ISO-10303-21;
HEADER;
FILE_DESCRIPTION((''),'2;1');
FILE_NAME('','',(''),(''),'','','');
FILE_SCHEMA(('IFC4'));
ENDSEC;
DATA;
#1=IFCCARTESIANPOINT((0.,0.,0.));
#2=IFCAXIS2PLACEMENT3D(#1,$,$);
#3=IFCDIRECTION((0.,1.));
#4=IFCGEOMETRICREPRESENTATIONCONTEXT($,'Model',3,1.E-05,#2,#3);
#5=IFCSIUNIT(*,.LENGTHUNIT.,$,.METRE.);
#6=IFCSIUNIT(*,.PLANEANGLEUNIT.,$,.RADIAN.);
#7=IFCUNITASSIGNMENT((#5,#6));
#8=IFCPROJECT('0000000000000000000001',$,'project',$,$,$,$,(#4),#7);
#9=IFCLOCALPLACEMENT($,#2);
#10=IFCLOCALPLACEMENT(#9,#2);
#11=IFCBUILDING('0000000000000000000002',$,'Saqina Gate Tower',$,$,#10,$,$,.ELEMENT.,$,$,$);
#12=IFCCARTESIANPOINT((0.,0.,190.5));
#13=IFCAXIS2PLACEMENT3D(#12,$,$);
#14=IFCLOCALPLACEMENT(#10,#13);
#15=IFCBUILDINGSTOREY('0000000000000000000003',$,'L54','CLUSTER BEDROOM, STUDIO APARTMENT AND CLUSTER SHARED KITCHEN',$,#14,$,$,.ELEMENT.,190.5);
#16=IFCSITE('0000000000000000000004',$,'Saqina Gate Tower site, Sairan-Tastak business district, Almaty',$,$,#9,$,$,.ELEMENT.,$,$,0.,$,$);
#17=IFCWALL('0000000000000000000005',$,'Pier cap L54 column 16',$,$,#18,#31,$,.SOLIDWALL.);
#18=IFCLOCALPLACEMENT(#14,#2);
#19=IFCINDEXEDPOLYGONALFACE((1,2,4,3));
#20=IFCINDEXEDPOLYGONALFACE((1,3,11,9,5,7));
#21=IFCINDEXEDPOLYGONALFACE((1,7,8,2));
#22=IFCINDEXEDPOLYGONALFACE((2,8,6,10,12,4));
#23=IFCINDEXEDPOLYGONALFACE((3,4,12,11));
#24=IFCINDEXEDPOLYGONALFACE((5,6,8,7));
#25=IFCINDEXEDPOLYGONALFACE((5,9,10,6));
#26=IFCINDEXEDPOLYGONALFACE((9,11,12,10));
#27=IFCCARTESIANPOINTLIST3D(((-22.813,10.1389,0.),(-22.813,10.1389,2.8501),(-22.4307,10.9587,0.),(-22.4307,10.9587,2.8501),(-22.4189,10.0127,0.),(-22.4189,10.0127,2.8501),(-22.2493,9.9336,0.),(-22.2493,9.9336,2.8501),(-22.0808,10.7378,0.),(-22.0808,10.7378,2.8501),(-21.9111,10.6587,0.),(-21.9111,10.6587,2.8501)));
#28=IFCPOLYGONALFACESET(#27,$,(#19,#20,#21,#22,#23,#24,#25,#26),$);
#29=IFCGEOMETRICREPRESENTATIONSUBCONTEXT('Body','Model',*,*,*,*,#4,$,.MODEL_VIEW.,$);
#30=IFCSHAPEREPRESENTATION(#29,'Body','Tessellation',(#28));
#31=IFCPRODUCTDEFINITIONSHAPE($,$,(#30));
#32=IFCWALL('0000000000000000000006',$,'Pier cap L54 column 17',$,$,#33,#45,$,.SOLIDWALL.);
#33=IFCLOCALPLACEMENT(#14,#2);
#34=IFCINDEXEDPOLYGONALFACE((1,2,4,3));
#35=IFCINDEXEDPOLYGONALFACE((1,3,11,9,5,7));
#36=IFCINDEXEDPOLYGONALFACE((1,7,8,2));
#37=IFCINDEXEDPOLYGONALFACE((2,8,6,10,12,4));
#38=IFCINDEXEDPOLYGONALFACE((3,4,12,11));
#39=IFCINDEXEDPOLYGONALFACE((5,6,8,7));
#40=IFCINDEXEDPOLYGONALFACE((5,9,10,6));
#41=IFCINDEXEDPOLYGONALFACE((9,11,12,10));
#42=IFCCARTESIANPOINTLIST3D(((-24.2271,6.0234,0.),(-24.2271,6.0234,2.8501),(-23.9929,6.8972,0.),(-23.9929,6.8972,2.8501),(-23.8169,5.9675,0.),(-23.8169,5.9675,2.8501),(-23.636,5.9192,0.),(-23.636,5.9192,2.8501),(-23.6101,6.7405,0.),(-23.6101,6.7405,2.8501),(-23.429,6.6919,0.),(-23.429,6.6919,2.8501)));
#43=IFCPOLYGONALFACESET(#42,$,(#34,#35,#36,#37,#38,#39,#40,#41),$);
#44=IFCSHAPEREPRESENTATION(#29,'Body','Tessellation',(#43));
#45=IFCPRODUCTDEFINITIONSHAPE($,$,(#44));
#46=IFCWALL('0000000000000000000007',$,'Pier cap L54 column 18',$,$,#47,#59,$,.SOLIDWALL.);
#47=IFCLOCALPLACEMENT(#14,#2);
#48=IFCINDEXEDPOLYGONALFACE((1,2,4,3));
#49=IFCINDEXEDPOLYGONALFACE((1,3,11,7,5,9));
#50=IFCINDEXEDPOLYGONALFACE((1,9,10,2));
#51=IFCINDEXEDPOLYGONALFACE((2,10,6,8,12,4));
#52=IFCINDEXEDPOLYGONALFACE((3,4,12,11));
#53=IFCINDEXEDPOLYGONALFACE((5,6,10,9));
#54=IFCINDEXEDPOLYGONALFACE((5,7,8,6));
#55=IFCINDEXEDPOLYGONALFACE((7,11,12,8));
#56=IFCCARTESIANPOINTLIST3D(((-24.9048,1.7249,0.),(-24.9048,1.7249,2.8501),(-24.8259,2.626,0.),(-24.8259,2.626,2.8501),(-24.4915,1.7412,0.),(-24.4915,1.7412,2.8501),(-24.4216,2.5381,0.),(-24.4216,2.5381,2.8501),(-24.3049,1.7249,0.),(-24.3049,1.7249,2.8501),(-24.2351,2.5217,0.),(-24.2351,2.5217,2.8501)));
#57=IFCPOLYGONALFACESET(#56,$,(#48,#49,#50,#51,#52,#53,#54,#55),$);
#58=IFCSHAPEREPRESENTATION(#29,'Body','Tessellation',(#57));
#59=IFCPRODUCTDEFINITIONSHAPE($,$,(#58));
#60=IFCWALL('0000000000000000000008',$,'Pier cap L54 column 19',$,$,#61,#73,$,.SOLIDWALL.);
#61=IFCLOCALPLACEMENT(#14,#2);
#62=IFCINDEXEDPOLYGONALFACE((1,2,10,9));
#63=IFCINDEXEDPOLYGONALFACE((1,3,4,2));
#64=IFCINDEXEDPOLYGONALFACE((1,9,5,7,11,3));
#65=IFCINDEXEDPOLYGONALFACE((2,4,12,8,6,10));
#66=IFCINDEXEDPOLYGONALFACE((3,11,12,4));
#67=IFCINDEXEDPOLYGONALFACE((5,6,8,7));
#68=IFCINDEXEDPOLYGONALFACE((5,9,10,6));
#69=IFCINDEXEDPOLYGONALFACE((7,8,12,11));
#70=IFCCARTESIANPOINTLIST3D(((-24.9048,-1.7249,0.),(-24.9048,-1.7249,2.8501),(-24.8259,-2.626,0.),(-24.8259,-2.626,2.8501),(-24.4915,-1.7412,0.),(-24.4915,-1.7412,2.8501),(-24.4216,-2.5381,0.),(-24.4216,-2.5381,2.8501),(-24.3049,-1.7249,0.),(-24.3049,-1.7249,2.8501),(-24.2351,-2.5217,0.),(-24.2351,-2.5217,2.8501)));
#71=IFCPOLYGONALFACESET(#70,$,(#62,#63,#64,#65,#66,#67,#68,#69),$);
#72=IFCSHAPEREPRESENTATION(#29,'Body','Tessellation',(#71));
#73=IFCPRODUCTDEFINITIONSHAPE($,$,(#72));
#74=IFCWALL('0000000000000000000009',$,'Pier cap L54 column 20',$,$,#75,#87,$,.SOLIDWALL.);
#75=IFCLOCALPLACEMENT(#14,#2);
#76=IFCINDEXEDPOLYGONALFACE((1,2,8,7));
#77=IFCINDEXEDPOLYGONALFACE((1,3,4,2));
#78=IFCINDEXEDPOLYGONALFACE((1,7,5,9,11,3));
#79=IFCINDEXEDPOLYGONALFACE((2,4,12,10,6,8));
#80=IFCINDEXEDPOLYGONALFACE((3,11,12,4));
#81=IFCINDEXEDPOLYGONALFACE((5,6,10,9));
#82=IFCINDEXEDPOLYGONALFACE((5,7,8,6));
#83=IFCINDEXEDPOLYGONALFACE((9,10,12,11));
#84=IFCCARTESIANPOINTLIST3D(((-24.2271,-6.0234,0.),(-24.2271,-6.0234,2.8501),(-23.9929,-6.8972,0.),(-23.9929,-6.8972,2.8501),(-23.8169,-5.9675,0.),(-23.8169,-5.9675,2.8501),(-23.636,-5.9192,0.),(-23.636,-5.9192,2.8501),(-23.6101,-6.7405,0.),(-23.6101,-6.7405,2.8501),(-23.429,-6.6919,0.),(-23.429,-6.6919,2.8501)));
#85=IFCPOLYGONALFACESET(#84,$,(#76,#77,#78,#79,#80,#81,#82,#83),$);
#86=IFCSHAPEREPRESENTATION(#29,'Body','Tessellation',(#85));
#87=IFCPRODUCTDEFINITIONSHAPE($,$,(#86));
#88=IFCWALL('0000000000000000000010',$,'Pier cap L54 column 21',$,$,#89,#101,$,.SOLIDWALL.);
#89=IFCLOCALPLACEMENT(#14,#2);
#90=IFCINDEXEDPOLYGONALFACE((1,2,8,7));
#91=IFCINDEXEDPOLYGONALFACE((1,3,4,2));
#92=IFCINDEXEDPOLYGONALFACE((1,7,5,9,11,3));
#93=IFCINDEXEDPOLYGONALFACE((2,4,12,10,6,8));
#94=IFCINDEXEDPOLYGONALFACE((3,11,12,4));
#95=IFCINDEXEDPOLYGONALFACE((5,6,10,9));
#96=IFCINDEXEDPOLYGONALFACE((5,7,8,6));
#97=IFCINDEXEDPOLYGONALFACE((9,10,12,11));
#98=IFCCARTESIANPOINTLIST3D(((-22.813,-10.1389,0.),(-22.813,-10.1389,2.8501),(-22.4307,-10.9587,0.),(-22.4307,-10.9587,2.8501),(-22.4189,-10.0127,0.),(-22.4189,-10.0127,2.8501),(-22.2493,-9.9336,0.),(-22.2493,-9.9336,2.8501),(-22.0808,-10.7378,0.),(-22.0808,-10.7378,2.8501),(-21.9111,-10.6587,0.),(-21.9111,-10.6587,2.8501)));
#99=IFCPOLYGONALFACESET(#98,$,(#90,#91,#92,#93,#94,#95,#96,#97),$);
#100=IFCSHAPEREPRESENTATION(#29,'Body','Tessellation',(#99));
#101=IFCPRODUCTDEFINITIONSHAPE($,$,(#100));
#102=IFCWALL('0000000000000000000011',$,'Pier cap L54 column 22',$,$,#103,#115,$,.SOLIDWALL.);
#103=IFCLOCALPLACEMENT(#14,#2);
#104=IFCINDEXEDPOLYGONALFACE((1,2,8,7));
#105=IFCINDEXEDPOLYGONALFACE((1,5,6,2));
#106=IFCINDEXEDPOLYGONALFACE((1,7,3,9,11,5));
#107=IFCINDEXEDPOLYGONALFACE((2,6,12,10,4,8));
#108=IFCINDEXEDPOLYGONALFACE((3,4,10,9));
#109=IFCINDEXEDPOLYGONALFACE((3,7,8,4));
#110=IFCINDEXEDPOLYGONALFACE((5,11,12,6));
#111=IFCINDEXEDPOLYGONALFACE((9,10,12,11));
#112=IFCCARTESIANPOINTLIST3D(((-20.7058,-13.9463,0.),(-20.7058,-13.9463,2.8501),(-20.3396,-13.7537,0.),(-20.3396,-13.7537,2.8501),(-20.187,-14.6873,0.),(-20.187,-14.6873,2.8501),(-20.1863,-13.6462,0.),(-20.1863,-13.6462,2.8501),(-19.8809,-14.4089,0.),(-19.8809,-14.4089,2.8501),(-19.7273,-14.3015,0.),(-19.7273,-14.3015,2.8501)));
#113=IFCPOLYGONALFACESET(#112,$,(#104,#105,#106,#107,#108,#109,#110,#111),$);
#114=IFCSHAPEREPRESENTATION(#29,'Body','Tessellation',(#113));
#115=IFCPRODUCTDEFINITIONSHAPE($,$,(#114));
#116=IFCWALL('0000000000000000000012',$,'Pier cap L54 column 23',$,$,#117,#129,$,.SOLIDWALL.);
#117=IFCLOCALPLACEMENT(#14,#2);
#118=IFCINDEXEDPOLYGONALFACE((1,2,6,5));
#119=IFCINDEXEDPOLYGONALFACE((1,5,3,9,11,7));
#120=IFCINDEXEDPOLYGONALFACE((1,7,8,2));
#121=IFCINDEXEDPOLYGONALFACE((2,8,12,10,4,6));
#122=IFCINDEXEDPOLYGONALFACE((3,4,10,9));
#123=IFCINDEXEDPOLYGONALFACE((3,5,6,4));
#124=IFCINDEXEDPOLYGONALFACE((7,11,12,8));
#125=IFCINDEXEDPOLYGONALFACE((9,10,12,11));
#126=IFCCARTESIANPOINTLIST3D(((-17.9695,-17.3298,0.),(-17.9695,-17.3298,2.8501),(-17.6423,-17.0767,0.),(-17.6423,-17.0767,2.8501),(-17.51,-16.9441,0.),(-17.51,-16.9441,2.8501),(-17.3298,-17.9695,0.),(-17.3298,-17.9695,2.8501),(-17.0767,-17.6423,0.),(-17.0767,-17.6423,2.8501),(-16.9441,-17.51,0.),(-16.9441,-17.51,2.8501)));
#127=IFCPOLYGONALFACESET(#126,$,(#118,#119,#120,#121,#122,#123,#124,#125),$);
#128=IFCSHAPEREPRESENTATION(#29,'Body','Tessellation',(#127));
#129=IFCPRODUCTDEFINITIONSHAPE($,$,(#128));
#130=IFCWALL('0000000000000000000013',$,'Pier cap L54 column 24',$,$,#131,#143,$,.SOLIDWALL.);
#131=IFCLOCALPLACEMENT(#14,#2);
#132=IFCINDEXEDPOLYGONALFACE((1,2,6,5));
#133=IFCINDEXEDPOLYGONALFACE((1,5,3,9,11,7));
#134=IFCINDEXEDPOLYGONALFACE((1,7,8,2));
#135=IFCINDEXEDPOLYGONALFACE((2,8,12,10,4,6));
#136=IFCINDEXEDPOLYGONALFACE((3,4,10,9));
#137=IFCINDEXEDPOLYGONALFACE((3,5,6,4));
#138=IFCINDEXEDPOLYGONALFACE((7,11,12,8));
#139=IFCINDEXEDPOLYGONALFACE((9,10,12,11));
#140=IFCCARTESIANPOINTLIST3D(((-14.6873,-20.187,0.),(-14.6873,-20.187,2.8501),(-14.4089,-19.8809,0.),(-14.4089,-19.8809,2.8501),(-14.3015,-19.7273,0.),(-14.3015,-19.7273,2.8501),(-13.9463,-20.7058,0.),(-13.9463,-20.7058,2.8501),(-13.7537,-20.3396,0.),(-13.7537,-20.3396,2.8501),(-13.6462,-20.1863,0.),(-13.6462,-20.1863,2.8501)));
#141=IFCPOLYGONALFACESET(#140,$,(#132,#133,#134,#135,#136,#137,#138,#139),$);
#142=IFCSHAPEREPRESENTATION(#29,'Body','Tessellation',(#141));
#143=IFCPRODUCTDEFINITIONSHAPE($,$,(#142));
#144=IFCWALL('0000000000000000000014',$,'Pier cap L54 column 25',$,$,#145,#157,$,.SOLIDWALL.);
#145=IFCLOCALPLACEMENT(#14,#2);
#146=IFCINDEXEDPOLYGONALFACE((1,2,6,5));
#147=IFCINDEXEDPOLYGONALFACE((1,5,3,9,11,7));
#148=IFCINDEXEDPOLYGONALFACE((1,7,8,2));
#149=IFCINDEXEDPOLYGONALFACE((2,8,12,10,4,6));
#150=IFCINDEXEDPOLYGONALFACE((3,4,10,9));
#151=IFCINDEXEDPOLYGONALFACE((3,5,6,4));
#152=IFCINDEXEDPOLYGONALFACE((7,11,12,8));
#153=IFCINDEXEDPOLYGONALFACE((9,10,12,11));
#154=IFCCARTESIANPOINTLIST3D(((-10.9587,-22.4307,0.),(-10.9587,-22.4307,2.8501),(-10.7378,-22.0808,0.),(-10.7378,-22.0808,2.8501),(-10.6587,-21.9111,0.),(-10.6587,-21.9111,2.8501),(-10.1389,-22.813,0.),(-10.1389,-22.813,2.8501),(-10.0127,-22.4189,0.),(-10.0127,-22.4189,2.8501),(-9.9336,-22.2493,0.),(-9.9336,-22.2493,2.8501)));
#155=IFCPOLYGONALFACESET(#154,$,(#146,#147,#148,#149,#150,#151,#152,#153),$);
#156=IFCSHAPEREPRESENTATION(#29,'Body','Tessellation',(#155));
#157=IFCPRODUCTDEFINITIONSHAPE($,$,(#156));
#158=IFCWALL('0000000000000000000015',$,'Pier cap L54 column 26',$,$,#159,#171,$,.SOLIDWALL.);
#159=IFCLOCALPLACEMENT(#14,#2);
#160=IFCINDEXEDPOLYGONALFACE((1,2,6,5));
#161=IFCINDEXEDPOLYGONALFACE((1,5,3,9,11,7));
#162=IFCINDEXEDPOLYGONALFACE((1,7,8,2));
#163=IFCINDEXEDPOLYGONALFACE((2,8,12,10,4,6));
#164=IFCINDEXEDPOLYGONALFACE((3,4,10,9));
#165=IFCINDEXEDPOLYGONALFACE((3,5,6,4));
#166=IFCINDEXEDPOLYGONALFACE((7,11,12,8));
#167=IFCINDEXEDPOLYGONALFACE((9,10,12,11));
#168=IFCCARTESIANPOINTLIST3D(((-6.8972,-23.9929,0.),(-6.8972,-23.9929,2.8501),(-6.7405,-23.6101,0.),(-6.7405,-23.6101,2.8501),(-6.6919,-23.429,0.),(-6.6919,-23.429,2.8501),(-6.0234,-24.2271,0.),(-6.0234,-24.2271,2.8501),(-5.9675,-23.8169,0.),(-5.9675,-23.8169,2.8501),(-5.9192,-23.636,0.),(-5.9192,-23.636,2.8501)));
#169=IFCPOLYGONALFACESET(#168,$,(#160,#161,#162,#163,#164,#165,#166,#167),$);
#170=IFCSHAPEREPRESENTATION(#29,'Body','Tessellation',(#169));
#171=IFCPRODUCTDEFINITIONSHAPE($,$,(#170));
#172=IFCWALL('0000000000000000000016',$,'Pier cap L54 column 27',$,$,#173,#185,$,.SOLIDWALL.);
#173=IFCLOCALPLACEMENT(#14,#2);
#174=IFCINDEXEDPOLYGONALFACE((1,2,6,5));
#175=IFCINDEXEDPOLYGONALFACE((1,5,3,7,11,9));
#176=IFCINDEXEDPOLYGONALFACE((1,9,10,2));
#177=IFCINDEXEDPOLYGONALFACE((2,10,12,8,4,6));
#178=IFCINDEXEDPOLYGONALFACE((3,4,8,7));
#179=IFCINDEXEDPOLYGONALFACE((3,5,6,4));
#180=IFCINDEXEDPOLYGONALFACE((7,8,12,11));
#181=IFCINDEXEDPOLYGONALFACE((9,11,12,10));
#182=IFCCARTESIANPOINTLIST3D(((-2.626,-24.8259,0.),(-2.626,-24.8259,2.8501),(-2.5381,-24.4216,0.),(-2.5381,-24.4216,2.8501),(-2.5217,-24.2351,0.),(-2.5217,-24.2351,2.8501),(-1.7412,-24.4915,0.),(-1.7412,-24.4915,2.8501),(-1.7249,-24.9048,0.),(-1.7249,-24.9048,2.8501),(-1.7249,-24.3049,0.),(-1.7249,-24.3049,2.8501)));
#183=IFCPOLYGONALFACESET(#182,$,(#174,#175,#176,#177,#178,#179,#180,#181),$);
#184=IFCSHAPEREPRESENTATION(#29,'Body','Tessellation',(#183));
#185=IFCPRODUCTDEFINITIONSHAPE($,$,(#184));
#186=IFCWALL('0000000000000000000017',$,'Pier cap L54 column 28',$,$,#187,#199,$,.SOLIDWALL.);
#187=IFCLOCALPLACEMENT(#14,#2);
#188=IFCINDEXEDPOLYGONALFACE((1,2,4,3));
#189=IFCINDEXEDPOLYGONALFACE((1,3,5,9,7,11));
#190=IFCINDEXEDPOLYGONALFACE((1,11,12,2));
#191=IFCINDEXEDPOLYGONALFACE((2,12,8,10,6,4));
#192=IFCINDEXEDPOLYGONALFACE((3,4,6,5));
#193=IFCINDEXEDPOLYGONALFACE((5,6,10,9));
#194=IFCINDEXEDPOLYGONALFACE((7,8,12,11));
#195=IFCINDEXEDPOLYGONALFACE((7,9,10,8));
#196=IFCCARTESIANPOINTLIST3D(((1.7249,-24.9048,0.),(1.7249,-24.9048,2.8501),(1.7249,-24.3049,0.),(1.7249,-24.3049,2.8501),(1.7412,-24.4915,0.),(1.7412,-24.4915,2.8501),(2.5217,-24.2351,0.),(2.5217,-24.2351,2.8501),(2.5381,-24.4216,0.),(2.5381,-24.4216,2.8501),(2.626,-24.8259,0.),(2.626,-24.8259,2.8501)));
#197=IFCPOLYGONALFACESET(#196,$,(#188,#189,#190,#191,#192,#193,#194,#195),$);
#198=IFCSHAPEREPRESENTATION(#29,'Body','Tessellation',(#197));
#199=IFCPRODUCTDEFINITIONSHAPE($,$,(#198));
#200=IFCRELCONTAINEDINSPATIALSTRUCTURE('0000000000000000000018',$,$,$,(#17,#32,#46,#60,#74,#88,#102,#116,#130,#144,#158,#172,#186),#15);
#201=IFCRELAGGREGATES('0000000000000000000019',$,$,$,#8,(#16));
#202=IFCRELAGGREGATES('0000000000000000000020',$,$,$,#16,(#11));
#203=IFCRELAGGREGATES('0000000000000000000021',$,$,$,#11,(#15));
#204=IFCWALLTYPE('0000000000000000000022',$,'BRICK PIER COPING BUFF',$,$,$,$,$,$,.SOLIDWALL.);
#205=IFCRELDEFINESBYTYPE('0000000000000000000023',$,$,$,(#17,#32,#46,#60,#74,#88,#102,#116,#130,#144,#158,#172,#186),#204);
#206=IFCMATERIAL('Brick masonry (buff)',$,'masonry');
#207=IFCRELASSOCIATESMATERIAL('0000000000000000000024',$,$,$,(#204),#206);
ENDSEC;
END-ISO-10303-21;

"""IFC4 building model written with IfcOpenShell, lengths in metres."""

from ifc_helpers import new_model, si_unit, direction, frame, origin, place, context, subcontext, project, spatial, polyline, outline, extrude, material, type_object, element, save


model = new_model("IFC4")

# Units and contexts
model_context = context("Model", 3, precision=1e-05, world=origin(), true_north=direction((0.0, 1.0)))
body_context = subcontext(model_context, "Body", "Model", "MODEL_VIEW")
ifc_project = project(units=[si_unit("LENGTHUNIT", "METRE"), si_unit("PLANEANGLEUNIT", "RADIAN")], contexts=[model_context])

# Site, building, storey
site_placement = place(None, origin())
site = spatial("IfcSite", under=ifc_project, at=site_placement, Name="Saqina Gate Tower site, Sairan-Tastak business district, Almaty", CompositionType="ELEMENT", RefElevation=0.0)
building_placement = place(site_placement, origin())
building = spatial("IfcBuilding", under=site, at=building_placement, Name="Saqina Gate Tower", CompositionType="ELEMENT")
storey_placement = place(building_placement, frame((0.0, 0.0, 190.5)))
storey = spatial("IfcBuildingStorey", under=building, at=storey_placement, Name="L54", Description="CLUSTER BEDROOM, STUDIO APARTMENT AND CLUSTER SHARED KITCHEN", CompositionType="ELEMENT", Elevation=190.5)

# Walls
ifc_material = material(Name="Brick masonry (buff)", Category="masonry")
wall_type = type_object("IfcWallType", Name="BRICK PIER COPING BUFF", PredefinedType="SOLIDWALL", material=ifc_material)
wall_1_placement = place(storey_placement, origin())
element("IfcWall", 1, at=wall_1_placement, inside=storey, type_object=wall_type, Name="Pier cap L54 column 16", PredefinedType="SOLIDWALL", context=body_context, shape_type="SweptSolid", body=[
    extrude(outline(polyline([(-22.813, 10.1389), (-22.2493, 9.9336), (-22.4189, 10.0127), (-22.0808, 10.7378), (-21.9111, 10.6587), (-22.4307, 10.9587), (-22.813, 10.1389)])), origin(), (0.0, 0.0, 1.0), 2.8501),
])
wall_2_placement = place(storey_placement, origin())
element("IfcWall", 2, at=wall_2_placement, inside=storey, type_object=wall_type, Name="Pier cap L54 column 17", PredefinedType="SOLIDWALL", context=body_context, shape_type="SweptSolid", body=[
    extrude(outline(polyline([(-24.2271, 6.0234), (-23.636, 5.9192), (-23.8169, 5.9675), (-23.6101, 6.7405), (-23.429, 6.6919), (-23.9929, 6.8972), (-24.2271, 6.0234)])), origin(), (0.0, 0.0, 1.0), 2.8501),
])
wall_3_placement = place(storey_placement, origin())
element("IfcWall", 3, at=wall_3_placement, inside=storey, type_object=wall_type, Name="Pier cap L54 column 18", PredefinedType="SOLIDWALL", context=body_context, shape_type="SweptSolid", body=[
    extrude(outline(polyline([(-24.8259, 2.626), (-24.9048, 1.7249), (-24.3049, 1.7249), (-24.4915, 1.7412), (-24.4216, 2.5381), (-24.2351, 2.5217), (-24.8259, 2.626)])), origin(), (0.0, 0.0, 1.0), 2.8501),
])
wall_4_placement = place(storey_placement, origin())
element("IfcWall", 4, at=wall_4_placement, inside=storey, type_object=wall_type, Name="Pier cap L54 column 19", PredefinedType="SOLIDWALL", context=body_context, shape_type="SweptSolid", body=[
    extrude(outline(polyline([(-24.9048, -1.7249), (-24.8259, -2.626), (-24.2351, -2.5217), (-24.4216, -2.5381), (-24.4915, -1.7412), (-24.3049, -1.7249), (-24.9048, -1.7249)])), origin(), (0.0, 0.0, 1.0), 2.8501),
])
wall_5_placement = place(storey_placement, origin())
element("IfcWall", 5, at=wall_5_placement, inside=storey, type_object=wall_type, Name="Pier cap L54 column 20", PredefinedType="SOLIDWALL", context=body_context, shape_type="SweptSolid", body=[
    extrude(outline(polyline([(-24.2271, -6.0234), (-23.9929, -6.8972), (-23.429, -6.6919), (-23.6101, -6.7405), (-23.8169, -5.9675), (-23.636, -5.9192), (-24.2271, -6.0234)])), origin(), (0.0, 0.0, 1.0), 2.8501),
])
wall_6_placement = place(storey_placement, origin())
element("IfcWall", 6, at=wall_6_placement, inside=storey, type_object=wall_type, Name="Pier cap L54 column 21", PredefinedType="SOLIDWALL", context=body_context, shape_type="SweptSolid", body=[
    extrude(outline(polyline([(-22.4307, -10.9587), (-21.9111, -10.6587), (-22.0808, -10.7378), (-22.4189, -10.0127), (-22.2493, -9.9336), (-22.813, -10.1389), (-22.4307, -10.9587)])), origin(), (0.0, 0.0, 1.0), 2.8501),
])
wall_7_placement = place(storey_placement, origin())
element("IfcWall", 7, at=wall_7_placement, inside=storey, type_object=wall_type, Name="Pier cap L54 column 22", PredefinedType="SOLIDWALL", context=body_context, shape_type="SweptSolid", body=[
    extrude(outline(polyline([(-20.7058, -13.9463), (-20.187, -14.6873), (-19.7273, -14.3015), (-19.8809, -14.4089), (-20.3396, -13.7537), (-20.1863, -13.6462), (-20.7058, -13.9463)])), origin(), (0.0, 0.0, 1.0), 2.8501),
])
wall_8_placement = place(storey_placement, origin())
element("IfcWall", 8, at=wall_8_placement, inside=storey, type_object=wall_type, Name="Pier cap L54 column 23", PredefinedType="SOLIDWALL", context=body_context, shape_type="SweptSolid", body=[
    extrude(outline(polyline([(-17.3298, -17.9695), (-16.9441, -17.51), (-17.0767, -17.6423), (-17.6423, -17.0767), (-17.51, -16.9441), (-17.9695, -17.3298), (-17.3298, -17.9695)])), origin(), (0.0, 0.0, 1.0), 2.8501),
])
wall_9_placement = place(storey_placement, origin())
element("IfcWall", 9, at=wall_9_placement, inside=storey, type_object=wall_type, Name="Pier cap L54 column 24", PredefinedType="SOLIDWALL", context=body_context, shape_type="SweptSolid", body=[
    extrude(outline(polyline([(-14.6873, -20.187), (-13.9463, -20.7058), (-13.6462, -20.1863), (-13.7537, -20.3396), (-14.4089, -19.8809), (-14.3015, -19.7273), (-14.6873, -20.187)])), origin(), (0.0, 0.0, 1.0), 2.8501),
])
wall_10_placement = place(storey_placement, origin())
element("IfcWall", 10, at=wall_10_placement, inside=storey, type_object=wall_type, Name="Pier cap L54 column 25", PredefinedType="SOLIDWALL", context=body_context, shape_type="SweptSolid", body=[
    extrude(outline(polyline([(-10.1389, -22.813), (-9.9336, -22.2493), (-10.0127, -22.4189), (-10.7378, -22.0808), (-10.6587, -21.9111), (-10.9587, -22.4307), (-10.1389, -22.813)])), origin(), (0.0, 0.0, 1.0), 2.8501),
])
wall_11_placement = place(storey_placement, origin())
element("IfcWall", 11, at=wall_11_placement, inside=storey, type_object=wall_type, Name="Pier cap L54 column 26", PredefinedType="SOLIDWALL", context=body_context, shape_type="SweptSolid", body=[
    extrude(outline(polyline([(-6.0234, -24.2271), (-5.9192, -23.636), (-5.9675, -23.8169), (-6.7405, -23.6101), (-6.6919, -23.429), (-6.8972, -23.9929), (-6.0234, -24.2271)])), origin(), (0.0, 0.0, 1.0), 2.8501),
])
wall_12_placement = place(storey_placement, origin())
element("IfcWall", 12, at=wall_12_placement, inside=storey, type_object=wall_type, Name="Pier cap L54 column 27", PredefinedType="SOLIDWALL", context=body_context, shape_type="SweptSolid", body=[
    extrude(outline(polyline([(-2.626, -24.8259), (-1.7249, -24.9048), (-1.7249, -24.3049), (-1.7412, -24.4915), (-2.5381, -24.4216), (-2.5217, -24.2351), (-2.626, -24.8259)])), origin(), (0.0, 0.0, 1.0), 2.8501),
])
wall_13_placement = place(storey_placement, origin())
element("IfcWall", 13, at=wall_13_placement, inside=storey, type_object=wall_type, Name="Pier cap L54 column 28", PredefinedType="SOLIDWALL", context=body_context, shape_type="SweptSolid", body=[
    extrude(outline(polyline([(1.7249, -24.9048), (2.626, -24.8259), (2.5217, -24.2351), (2.5381, -24.4216), (1.7412, -24.4915), (1.7249, -24.3049), (1.7249, -24.9048)])), origin(), (0.0, 0.0, 1.0), 2.8501),
])

save(model, "model.ifc")
